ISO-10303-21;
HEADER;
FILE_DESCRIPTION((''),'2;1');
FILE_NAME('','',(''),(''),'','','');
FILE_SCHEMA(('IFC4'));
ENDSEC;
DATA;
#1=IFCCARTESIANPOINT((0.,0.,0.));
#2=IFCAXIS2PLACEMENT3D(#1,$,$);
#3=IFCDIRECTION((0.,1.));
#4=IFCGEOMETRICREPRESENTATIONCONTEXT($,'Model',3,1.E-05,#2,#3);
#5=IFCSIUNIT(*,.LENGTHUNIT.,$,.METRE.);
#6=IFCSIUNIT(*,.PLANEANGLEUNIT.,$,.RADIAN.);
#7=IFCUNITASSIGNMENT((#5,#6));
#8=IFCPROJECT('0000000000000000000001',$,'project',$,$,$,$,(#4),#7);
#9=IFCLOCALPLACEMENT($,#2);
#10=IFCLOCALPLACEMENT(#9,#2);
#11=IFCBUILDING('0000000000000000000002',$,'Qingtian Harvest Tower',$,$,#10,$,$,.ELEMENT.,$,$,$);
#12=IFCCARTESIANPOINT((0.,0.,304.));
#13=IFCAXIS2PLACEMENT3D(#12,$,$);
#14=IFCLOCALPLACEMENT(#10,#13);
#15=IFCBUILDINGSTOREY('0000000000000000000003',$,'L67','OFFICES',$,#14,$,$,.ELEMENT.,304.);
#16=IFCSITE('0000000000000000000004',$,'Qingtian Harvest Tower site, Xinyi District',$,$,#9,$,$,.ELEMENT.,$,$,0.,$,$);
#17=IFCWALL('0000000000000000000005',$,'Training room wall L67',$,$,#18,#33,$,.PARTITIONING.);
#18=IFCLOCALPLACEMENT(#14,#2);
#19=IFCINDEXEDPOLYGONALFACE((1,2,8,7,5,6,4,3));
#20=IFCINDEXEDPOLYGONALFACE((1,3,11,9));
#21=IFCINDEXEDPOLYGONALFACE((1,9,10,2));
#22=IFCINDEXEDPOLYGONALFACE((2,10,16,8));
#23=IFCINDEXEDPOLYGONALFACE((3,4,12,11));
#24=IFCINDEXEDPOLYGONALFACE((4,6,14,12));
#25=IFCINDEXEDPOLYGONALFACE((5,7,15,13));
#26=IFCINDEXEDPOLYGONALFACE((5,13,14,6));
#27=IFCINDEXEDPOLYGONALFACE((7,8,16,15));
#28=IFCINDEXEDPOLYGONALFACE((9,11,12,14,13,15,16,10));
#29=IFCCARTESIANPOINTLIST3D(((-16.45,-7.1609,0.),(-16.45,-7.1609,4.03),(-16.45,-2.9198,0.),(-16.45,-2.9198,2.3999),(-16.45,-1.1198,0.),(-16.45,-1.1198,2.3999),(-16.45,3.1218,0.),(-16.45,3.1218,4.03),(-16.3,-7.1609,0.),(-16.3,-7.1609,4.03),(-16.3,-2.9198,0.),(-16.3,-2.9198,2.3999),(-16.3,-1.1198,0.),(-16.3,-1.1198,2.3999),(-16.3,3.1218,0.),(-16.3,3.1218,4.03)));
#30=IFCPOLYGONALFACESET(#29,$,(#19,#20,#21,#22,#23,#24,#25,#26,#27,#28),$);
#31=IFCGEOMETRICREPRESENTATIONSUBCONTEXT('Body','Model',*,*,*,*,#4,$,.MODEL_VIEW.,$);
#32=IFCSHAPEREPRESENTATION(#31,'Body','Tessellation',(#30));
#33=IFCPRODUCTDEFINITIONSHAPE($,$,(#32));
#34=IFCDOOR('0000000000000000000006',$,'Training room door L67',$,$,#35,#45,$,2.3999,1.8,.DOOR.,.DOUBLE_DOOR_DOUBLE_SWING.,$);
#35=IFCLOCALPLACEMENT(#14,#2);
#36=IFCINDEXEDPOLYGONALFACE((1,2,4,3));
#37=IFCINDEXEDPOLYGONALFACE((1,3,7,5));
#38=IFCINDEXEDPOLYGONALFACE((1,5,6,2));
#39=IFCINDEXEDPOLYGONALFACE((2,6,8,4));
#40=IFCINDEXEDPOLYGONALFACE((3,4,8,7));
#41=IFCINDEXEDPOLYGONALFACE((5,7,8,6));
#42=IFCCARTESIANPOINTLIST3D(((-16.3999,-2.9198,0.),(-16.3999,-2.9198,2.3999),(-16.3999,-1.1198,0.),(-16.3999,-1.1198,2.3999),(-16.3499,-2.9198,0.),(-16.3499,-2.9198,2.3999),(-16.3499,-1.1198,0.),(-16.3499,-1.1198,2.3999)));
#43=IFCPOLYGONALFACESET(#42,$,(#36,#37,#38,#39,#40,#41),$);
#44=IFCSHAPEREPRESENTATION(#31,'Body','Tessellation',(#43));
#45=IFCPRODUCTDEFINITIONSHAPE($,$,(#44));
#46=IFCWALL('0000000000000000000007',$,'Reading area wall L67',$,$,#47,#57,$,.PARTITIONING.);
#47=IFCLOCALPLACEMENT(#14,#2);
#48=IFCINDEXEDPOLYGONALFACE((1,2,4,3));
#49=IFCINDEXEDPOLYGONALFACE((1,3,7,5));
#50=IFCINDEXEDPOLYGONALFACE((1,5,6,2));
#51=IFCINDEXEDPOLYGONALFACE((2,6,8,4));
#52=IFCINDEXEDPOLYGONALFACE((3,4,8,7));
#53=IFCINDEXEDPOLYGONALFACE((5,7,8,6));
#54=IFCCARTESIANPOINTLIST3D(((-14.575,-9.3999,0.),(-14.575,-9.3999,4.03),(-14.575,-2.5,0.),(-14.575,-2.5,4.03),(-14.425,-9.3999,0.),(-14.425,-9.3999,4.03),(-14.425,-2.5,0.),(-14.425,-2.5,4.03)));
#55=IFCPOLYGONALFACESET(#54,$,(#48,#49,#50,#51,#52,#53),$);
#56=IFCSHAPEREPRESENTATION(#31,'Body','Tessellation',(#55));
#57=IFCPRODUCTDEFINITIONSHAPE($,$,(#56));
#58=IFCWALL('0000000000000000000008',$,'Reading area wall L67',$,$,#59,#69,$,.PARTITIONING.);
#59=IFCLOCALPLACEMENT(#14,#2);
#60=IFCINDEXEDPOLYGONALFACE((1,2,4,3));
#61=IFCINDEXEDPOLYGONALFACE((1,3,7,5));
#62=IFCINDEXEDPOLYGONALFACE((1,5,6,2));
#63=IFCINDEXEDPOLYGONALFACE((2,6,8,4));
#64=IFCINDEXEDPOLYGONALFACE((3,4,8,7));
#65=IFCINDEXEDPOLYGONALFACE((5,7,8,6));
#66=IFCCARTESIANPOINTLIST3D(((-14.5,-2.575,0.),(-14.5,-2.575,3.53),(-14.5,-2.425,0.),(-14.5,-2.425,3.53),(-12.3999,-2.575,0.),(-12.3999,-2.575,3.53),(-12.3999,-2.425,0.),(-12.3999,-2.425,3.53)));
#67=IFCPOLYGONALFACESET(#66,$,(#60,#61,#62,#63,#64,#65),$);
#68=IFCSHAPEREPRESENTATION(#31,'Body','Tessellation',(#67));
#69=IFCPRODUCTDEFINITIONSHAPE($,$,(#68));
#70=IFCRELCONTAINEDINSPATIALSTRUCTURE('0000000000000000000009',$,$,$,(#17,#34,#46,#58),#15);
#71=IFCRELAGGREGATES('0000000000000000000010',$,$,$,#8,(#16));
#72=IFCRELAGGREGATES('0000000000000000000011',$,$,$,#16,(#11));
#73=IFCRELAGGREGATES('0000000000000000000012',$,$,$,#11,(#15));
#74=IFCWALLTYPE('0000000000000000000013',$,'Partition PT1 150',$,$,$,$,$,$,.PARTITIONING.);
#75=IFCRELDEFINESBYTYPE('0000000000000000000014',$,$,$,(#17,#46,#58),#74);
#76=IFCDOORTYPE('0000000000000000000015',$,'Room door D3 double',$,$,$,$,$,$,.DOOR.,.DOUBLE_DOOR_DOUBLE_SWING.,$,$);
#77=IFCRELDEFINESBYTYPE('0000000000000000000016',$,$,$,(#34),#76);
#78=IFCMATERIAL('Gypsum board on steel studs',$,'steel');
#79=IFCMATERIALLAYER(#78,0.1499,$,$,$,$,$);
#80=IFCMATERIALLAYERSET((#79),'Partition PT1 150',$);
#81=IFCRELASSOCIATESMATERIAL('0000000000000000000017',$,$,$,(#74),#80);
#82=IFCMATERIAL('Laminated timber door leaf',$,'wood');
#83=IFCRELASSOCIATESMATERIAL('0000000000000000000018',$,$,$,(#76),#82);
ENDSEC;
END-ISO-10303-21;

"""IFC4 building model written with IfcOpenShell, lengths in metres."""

from ifc_helpers import new_model, si_unit, direction, frame, frame_2d, origin, place, context, subcontext, project, spatial, rectangle, extrude, material, layer, layer_set, type_object, element, fill, save


model = new_model("IFC4")

# Units and contexts
model_context = context("Model", 3, precision=1e-05, world=origin(), true_north=direction((0.0, 1.0)))
body_context = subcontext(model_context, "Body", "Model", "MODEL_VIEW")
ifc_project = project(units=[si_unit("LENGTHUNIT", "METRE"), si_unit("PLANEANGLEUNIT", "RADIAN")], contexts=[model_context])

# Site, building, storey
site_placement = place(None, origin())
site = spatial("IfcSite", under=ifc_project, at=site_placement, Name="Qingtian Harvest Tower site, Xinyi District", CompositionType="ELEMENT", RefElevation=0.0)
building_placement = place(site_placement, origin())
building = spatial("IfcBuilding", under=site, at=building_placement, Name="Qingtian Harvest Tower", CompositionType="ELEMENT")
storey_placement = place(building_placement, frame((0.0, 0.0, 304.0)))
storey = spatial("IfcBuildingStorey", under=building, at=storey_placement, Name="L67", Description="OFFICES", CompositionType="ELEMENT", Elevation=304.0)

# Shared definitions
ifc_material_1 = material(Name="Gypsum board on steel studs", Category="steel")
ifc_layer_1 = layer(ifc_material_1, 0.1499)
ifc_layer_set_1 = layer_set([ifc_layer_1], Name="Partition PT1 150")
wall_type_1 = type_object("IfcWallType", Name="Partition PT1 150", PredefinedType="PARTITIONING", material=ifc_layer_set_1)

# Wall, opening, door
wall_1_placement = place(storey_placement, frame((-16.375, -7.1609, 0.0), z_axis=(0.0, 0.0, 1.0), x_axis=(0.0, 1.0, 0.0)))
wall_1 = element("IfcWall", 1, at=wall_1_placement, inside=storey, type_object=wall_type_1, Name="Training room wall L67", PredefinedType="PARTITIONING", context=body_context, shape_type="SweptSolid", body=[
    extrude(rectangle(XDim=10.2827, YDim=0.1499, at=frame_2d((5.1414, 0.0))), origin(), (0.0, 0.0, 1.0), 4.03),
])
opening_1_placement = place(wall_1_placement, frame((4.2412, 0.0, 0.0)))
opening_1 = element("IfcOpeningElement", 2, at=opening_1_placement, cuts=wall_1, PredefinedType="OPENING", context=body_context, shape_type="SweptSolid", body=[
    extrude(rectangle(XDim=1.8, YDim=2.3999, at=frame_2d((0.8999, 1.2))), frame((0.0, 0.085, 0.0), z_axis=(0.0, -1.0, 0.0), x_axis=(1.0, 0.0, 0.0)), (0.0, 0.0, 1.0), 0.1699),
])
ifc_material_2 = material(Name="Laminated timber door leaf", Category="wood")
door_type_1 = type_object("IfcDoorType", Name="Room door D3 double", OperationType="DOUBLE_DOOR_DOUBLE_SWING", PredefinedType="DOOR", material=ifc_material_2)
door_1_placement = place(opening_1_placement, origin())
door_1 = element("IfcDoor", 3, at=door_1_placement, inside=storey, type_object=door_type_1, Name="Training room door L67", OperationType="DOUBLE_DOOR_DOUBLE_SWING", OverallHeight=2.3999, OverallWidth=1.8, PredefinedType="DOOR", context=body_context, shape_type="SweptSolid", body=[
    extrude(rectangle(XDim=1.8, YDim=2.3999, at=frame_2d((0.8999, 1.2))), frame((0.0, 0.0249, 0.0), z_axis=(0.0, -1.0, 0.0), x_axis=(1.0, 0.0, 0.0)), (0.0, 0.0, 1.0), 0.05),
])
fill(opening_1, door_1)

# Walls
wall_2_placement = place(storey_placement, frame((-14.5, -9.3999, 0.0), z_axis=(0.0, 0.0, 1.0), x_axis=(0.0, 1.0, 0.0)))
element("IfcWall", 4, at=wall_2_placement, inside=storey, type_object=wall_type_1, Name="Reading area wall L67", PredefinedType="PARTITIONING", context=body_context, shape_type="SweptSolid", body=[
    extrude(rectangle(XDim=6.8999, YDim=0.1499, at=frame_2d((3.45, 0.0))), origin(), (0.0, 0.0, 1.0), 4.03),
])
wall_3_placement = place(storey_placement, frame((-12.3999, -2.5, 0.0), z_axis=(0.0, 0.0, 1.0), x_axis=(-1.0, 0.0, 0.0)))
element("IfcWall", 5, at=wall_3_placement, inside=storey, type_object=wall_type_1, Name="Reading area wall L67", PredefinedType="PARTITIONING", context=body_context, shape_type="SweptSolid", body=[
    extrude(rectangle(XDim=2.1001, YDim=0.1499, at=frame_2d((1.05, 0.0))), origin(), (0.0, 0.0, 1.0), 3.53),
])

save(model, "model.ifc")
